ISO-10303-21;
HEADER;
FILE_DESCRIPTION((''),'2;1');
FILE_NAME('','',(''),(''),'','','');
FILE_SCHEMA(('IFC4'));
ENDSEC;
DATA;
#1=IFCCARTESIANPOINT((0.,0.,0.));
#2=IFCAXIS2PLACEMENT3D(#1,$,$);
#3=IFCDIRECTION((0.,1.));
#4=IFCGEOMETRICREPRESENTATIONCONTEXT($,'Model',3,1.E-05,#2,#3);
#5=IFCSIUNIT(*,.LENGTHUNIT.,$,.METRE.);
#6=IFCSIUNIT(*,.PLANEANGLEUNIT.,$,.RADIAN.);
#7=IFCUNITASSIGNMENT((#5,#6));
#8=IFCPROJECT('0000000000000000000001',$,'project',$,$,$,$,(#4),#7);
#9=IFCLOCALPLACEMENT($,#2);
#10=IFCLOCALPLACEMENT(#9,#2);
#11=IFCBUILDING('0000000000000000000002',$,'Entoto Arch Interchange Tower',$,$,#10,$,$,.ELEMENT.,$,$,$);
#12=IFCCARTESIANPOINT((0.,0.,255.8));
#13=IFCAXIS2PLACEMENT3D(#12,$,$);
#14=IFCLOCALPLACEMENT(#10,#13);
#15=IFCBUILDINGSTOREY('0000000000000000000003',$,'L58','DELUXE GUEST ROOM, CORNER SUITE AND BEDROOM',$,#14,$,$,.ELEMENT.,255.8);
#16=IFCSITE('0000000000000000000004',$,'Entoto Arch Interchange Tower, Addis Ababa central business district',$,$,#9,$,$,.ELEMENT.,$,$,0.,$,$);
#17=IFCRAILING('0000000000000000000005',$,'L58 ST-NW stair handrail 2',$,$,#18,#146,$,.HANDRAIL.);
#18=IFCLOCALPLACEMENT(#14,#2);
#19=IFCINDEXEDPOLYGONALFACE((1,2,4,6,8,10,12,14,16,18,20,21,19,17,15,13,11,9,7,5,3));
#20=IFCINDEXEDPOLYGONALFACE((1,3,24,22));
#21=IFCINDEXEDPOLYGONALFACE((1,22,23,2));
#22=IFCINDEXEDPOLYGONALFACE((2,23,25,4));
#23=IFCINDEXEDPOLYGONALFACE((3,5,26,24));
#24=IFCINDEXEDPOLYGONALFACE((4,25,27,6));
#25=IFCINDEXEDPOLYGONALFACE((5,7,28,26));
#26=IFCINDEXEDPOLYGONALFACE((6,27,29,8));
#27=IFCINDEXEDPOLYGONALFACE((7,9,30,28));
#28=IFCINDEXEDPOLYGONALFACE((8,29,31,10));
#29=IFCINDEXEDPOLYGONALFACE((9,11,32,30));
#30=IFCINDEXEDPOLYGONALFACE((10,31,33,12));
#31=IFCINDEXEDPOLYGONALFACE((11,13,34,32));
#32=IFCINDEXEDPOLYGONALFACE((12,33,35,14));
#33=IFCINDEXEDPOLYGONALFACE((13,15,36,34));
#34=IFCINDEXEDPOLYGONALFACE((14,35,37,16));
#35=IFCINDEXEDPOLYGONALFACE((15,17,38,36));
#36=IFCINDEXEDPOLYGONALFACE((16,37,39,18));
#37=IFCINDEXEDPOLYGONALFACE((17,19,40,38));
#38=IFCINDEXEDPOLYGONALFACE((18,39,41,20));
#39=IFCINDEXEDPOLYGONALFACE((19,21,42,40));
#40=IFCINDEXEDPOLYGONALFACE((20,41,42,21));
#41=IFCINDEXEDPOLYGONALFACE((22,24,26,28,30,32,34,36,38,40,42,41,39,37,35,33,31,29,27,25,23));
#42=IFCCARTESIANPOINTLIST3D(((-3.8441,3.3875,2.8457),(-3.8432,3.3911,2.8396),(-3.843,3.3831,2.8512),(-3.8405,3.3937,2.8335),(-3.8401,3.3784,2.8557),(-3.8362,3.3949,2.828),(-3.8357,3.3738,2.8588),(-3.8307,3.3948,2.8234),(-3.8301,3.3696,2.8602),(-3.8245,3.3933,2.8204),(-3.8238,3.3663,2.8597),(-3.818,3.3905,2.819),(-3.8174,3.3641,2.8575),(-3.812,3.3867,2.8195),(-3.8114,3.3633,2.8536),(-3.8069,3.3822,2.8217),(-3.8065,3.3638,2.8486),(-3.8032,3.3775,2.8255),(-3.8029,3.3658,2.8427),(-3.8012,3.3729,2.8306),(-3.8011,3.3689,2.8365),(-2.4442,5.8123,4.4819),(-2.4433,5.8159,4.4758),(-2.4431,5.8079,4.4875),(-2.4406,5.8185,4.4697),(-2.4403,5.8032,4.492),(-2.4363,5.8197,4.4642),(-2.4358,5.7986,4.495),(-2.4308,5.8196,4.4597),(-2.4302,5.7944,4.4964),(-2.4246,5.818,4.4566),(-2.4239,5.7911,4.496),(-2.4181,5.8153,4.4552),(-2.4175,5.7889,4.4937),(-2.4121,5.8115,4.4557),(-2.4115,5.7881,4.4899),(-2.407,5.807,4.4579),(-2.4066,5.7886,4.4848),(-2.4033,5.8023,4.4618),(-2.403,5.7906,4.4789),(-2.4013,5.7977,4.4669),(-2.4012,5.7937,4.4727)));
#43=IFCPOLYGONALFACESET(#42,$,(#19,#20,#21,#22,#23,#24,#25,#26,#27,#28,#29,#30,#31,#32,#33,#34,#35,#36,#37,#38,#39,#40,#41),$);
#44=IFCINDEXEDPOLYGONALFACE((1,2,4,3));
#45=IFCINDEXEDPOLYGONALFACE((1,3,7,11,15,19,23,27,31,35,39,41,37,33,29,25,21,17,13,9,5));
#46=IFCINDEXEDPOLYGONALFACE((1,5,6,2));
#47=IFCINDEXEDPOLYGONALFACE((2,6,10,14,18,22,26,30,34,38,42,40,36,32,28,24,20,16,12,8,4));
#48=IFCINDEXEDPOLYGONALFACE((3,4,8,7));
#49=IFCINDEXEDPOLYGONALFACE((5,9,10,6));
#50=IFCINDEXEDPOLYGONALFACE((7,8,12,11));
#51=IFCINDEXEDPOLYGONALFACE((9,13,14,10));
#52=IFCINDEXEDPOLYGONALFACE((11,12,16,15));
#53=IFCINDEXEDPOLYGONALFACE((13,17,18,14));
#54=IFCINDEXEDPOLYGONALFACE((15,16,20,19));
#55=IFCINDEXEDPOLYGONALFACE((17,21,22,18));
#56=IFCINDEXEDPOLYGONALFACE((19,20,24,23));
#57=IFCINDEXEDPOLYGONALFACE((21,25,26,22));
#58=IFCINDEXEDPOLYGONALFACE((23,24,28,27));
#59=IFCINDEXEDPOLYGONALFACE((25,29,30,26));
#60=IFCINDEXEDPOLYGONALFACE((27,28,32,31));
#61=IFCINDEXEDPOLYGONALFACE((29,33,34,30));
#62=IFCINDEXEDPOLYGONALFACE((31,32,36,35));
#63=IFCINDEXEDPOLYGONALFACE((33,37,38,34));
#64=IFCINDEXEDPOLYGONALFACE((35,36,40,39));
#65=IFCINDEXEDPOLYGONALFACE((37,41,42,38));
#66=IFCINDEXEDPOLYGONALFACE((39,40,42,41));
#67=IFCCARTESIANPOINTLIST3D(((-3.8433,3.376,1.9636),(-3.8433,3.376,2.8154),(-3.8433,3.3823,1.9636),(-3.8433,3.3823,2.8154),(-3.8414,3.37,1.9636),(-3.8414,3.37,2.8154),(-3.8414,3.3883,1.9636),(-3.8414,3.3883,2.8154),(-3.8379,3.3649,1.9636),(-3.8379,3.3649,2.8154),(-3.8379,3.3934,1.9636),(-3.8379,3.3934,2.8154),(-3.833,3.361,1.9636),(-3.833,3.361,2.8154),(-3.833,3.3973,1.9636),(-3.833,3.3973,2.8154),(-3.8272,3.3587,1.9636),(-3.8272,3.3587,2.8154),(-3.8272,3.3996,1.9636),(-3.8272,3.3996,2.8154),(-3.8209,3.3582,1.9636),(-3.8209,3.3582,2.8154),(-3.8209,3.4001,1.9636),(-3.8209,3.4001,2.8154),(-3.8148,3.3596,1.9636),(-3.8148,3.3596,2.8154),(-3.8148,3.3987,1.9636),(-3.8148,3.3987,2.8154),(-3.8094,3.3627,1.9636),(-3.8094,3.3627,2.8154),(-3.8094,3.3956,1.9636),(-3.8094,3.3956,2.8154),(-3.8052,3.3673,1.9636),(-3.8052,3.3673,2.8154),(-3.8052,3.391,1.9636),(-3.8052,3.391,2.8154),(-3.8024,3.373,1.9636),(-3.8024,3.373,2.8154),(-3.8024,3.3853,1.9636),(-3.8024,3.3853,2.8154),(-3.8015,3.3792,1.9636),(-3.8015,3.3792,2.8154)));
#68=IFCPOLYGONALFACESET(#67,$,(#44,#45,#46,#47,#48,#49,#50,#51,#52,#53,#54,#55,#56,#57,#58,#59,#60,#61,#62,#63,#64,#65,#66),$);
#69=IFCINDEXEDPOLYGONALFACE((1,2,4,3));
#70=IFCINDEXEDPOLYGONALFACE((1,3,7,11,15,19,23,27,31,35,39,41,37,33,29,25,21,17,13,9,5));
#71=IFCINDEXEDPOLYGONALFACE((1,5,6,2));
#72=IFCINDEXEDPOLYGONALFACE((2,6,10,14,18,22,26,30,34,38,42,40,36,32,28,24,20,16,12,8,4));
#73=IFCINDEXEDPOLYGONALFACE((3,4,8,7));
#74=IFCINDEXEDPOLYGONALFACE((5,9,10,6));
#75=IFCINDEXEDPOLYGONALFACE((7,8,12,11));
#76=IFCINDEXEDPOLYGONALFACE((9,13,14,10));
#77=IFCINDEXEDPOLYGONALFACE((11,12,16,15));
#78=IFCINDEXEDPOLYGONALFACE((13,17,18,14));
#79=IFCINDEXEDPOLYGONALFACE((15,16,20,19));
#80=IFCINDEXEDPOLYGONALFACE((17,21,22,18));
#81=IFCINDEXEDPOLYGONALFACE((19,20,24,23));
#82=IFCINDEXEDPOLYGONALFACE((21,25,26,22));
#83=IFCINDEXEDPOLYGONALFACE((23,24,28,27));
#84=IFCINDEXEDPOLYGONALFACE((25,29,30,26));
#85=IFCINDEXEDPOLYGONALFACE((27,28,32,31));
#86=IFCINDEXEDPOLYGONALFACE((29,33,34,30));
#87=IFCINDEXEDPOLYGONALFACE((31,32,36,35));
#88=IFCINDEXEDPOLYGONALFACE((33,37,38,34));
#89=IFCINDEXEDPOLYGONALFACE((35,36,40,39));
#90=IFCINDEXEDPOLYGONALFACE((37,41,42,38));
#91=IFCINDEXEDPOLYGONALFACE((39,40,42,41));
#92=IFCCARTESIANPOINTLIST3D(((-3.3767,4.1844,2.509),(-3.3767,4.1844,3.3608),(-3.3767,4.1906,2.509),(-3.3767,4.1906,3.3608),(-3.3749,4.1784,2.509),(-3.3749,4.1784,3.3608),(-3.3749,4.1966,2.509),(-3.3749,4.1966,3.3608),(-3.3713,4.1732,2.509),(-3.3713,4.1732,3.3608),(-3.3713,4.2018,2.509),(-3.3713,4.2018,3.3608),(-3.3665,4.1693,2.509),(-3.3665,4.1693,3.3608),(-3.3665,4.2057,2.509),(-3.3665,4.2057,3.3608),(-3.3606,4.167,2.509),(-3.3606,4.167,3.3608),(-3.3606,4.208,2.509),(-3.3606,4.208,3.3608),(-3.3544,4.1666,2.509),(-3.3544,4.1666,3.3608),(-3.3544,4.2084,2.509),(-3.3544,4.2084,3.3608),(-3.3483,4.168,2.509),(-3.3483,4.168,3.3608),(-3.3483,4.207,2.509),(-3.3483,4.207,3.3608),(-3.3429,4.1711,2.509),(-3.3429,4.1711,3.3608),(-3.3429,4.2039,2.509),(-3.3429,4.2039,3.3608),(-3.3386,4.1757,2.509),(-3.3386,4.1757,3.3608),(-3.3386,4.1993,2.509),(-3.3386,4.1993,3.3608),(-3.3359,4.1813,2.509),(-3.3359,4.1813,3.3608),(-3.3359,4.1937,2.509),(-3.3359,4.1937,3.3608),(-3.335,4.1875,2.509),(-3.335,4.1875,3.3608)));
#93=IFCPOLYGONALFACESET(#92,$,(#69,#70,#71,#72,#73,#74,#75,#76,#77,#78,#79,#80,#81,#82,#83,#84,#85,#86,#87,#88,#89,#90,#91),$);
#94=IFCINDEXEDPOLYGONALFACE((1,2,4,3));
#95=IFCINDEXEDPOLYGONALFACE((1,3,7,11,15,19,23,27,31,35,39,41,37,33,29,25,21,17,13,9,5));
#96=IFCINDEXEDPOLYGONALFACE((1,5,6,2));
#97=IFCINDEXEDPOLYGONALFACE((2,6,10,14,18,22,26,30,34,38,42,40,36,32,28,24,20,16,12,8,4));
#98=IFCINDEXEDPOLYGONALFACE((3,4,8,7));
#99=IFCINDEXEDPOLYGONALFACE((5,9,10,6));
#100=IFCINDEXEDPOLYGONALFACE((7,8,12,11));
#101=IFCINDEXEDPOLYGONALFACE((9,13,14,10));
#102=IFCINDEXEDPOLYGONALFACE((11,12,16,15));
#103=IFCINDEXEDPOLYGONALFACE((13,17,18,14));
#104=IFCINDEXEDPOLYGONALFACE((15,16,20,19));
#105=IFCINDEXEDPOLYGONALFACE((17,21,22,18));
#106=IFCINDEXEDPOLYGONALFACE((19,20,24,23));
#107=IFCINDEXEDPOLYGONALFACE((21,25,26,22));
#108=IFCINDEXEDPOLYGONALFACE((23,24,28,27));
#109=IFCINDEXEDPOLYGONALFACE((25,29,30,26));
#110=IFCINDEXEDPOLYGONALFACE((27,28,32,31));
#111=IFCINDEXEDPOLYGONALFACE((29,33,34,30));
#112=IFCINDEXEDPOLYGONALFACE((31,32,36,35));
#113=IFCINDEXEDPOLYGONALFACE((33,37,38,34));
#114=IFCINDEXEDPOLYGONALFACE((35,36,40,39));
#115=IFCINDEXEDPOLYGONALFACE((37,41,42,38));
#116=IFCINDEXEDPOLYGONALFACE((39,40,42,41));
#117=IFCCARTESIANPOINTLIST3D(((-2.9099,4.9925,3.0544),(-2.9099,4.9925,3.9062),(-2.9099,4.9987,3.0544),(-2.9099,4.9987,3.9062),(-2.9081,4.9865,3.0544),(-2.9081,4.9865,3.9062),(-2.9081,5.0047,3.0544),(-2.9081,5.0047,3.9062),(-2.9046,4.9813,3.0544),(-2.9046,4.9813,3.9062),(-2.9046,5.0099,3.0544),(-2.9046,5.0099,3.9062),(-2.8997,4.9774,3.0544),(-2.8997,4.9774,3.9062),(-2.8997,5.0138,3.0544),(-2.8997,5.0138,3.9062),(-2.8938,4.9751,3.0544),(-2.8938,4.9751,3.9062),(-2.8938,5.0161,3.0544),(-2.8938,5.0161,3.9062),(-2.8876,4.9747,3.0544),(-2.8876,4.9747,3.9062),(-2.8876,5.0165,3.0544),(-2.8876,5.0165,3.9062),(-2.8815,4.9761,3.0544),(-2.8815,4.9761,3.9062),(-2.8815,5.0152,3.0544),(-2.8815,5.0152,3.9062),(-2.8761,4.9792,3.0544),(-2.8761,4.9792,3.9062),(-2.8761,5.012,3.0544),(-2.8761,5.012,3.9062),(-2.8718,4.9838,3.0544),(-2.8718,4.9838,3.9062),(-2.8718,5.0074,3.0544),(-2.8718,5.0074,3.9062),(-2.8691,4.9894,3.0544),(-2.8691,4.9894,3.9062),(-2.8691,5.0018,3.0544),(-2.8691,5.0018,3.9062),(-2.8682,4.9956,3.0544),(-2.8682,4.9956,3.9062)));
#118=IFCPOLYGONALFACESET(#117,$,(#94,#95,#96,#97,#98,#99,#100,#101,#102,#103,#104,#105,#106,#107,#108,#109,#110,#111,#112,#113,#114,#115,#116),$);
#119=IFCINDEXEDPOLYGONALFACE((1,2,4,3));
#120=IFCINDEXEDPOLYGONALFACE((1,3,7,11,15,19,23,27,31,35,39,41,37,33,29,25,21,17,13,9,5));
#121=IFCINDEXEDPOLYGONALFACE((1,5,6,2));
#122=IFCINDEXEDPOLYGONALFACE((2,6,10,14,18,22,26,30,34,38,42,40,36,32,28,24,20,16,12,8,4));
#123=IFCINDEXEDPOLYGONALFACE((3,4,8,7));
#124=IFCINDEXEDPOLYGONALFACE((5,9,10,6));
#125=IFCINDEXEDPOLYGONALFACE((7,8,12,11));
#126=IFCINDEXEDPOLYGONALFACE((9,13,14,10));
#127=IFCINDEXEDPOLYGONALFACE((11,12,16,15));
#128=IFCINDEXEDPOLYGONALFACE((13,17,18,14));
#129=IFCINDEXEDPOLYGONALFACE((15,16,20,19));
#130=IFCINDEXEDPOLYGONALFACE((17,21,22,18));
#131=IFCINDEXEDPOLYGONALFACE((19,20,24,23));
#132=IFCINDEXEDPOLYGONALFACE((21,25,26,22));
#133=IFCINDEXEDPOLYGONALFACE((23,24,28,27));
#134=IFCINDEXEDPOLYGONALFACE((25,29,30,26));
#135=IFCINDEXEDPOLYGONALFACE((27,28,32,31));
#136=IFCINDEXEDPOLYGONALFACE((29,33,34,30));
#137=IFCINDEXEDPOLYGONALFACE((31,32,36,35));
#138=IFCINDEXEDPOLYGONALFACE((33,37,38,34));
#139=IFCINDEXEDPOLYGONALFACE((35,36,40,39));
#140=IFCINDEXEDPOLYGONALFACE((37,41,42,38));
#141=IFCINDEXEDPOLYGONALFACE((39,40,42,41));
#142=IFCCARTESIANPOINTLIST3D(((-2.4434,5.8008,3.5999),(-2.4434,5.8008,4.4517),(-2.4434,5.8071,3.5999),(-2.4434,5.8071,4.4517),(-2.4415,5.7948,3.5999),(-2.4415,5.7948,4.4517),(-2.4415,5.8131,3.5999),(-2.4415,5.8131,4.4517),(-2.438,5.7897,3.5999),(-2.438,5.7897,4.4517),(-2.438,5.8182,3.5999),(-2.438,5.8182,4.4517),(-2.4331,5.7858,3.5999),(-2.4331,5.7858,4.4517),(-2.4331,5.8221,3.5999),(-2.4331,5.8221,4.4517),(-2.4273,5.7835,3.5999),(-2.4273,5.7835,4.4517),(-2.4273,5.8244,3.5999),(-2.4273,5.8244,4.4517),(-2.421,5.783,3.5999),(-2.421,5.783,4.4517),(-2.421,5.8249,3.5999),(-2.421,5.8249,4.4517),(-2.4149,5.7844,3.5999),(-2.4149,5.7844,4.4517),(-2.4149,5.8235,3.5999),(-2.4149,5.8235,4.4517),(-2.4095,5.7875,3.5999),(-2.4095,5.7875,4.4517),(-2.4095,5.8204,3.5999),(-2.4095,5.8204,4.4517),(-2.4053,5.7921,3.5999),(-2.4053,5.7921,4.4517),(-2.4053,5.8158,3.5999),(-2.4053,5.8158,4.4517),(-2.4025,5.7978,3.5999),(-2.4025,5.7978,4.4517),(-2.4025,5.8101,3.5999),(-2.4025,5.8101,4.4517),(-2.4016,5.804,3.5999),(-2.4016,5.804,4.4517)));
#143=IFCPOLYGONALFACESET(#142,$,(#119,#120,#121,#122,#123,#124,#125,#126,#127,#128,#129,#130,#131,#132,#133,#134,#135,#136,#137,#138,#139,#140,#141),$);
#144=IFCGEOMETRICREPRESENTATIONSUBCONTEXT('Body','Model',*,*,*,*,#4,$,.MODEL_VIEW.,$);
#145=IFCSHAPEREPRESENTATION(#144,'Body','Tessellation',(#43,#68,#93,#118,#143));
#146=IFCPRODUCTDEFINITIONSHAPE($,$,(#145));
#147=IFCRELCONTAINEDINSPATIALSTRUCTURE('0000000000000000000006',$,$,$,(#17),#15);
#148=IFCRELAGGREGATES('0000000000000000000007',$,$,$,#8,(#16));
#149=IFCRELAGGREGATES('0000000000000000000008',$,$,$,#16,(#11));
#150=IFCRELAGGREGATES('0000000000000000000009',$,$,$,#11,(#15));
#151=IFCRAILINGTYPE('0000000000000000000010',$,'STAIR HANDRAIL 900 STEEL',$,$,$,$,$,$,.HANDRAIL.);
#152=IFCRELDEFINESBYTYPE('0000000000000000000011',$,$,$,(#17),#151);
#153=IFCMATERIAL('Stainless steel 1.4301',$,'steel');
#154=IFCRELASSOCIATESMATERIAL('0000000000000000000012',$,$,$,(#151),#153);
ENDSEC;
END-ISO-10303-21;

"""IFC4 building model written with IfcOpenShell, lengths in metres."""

from ifc_helpers import new_model, si_unit, direction, frame, origin, origin_2d, place, context, subcontext, project, spatial, circle, extrude, material, type_object, element, save


model = new_model("IFC4")

# Units and contexts
model_context = context("Model", 3, precision=1e-05, world=origin(), true_north=direction((0.0, 1.0)))
body_context = subcontext(model_context, "Body", "Model", "MODEL_VIEW")
ifc_project = project(units=[si_unit("LENGTHUNIT", "METRE"), si_unit("PLANEANGLEUNIT", "RADIAN")], contexts=[model_context])

# Site, building, storey
site_placement = place(None, origin())
site = spatial("IfcSite", under=ifc_project, at=site_placement, Name="Entoto Arch Interchange Tower, Addis Ababa central business district", CompositionType="ELEMENT", RefElevation=0.0)
building_placement = place(site_placement, origin())
building = spatial("IfcBuilding", under=site, at=building_placement, Name="Entoto Arch Interchange Tower", CompositionType="ELEMENT")
storey_placement = place(building_placement, frame((0.0, 0.0, 255.8)))
storey = spatial("IfcBuildingStorey", under=building, at=storey_placement, Name="L58", Description="DELUXE GUEST ROOM, CORNER SUITE AND BEDROOM", CompositionType="ELEMENT", Elevation=255.8)

# Railing
ifc_material_1 = material(Name="Stainless steel 1.4301", Category="steel")
railing_type_1 = type_object("IfcRailingType", Name="STAIR HANDRAIL 900 STEEL", PredefinedType="HANDRAIL", material=ifc_material_1)
railing_1_placement = place(storey_placement, frame((-3.8225, 3.3792, 1.9636)))
element("IfcRailing", 1, at=railing_1_placement, inside=storey, type_object=railing_type_1, Name="L58 ST-NW stair handrail 2", PredefinedType="HANDRAIL", context=body_context, shape_type="SweptSolid", body=[
    extrude(circle(Radius=0.0239, at=origin_2d()), frame((0.0, 0.0, 0.876), z_axis=(0.431677, 0.747718, 0.504552), x_axis=(-0.866035, 0.499984, 0.0)), (0.0, 0.0, 1.0), 3.2429),
    extrude(circle(Radius=0.021, at=origin_2d()), origin(), (0.0, 0.0, 1.0), 0.8518),
    extrude(circle(Radius=0.021, at=origin_2d()), frame((0.4666, 0.8083, 0.5454)), (0.0, 0.0, 1.0), 0.8518),
    extrude(circle(Radius=0.021, at=origin_2d()), frame((0.9333, 1.6165, 1.0908)), (0.0, 0.0, 1.0), 0.8518),
    extrude(circle(Radius=0.021, at=origin_2d()), frame((1.3999, 2.4248, 1.6362)), (0.0, 0.0, 1.0), 0.8518),
])

save(model, "model.ifc")
